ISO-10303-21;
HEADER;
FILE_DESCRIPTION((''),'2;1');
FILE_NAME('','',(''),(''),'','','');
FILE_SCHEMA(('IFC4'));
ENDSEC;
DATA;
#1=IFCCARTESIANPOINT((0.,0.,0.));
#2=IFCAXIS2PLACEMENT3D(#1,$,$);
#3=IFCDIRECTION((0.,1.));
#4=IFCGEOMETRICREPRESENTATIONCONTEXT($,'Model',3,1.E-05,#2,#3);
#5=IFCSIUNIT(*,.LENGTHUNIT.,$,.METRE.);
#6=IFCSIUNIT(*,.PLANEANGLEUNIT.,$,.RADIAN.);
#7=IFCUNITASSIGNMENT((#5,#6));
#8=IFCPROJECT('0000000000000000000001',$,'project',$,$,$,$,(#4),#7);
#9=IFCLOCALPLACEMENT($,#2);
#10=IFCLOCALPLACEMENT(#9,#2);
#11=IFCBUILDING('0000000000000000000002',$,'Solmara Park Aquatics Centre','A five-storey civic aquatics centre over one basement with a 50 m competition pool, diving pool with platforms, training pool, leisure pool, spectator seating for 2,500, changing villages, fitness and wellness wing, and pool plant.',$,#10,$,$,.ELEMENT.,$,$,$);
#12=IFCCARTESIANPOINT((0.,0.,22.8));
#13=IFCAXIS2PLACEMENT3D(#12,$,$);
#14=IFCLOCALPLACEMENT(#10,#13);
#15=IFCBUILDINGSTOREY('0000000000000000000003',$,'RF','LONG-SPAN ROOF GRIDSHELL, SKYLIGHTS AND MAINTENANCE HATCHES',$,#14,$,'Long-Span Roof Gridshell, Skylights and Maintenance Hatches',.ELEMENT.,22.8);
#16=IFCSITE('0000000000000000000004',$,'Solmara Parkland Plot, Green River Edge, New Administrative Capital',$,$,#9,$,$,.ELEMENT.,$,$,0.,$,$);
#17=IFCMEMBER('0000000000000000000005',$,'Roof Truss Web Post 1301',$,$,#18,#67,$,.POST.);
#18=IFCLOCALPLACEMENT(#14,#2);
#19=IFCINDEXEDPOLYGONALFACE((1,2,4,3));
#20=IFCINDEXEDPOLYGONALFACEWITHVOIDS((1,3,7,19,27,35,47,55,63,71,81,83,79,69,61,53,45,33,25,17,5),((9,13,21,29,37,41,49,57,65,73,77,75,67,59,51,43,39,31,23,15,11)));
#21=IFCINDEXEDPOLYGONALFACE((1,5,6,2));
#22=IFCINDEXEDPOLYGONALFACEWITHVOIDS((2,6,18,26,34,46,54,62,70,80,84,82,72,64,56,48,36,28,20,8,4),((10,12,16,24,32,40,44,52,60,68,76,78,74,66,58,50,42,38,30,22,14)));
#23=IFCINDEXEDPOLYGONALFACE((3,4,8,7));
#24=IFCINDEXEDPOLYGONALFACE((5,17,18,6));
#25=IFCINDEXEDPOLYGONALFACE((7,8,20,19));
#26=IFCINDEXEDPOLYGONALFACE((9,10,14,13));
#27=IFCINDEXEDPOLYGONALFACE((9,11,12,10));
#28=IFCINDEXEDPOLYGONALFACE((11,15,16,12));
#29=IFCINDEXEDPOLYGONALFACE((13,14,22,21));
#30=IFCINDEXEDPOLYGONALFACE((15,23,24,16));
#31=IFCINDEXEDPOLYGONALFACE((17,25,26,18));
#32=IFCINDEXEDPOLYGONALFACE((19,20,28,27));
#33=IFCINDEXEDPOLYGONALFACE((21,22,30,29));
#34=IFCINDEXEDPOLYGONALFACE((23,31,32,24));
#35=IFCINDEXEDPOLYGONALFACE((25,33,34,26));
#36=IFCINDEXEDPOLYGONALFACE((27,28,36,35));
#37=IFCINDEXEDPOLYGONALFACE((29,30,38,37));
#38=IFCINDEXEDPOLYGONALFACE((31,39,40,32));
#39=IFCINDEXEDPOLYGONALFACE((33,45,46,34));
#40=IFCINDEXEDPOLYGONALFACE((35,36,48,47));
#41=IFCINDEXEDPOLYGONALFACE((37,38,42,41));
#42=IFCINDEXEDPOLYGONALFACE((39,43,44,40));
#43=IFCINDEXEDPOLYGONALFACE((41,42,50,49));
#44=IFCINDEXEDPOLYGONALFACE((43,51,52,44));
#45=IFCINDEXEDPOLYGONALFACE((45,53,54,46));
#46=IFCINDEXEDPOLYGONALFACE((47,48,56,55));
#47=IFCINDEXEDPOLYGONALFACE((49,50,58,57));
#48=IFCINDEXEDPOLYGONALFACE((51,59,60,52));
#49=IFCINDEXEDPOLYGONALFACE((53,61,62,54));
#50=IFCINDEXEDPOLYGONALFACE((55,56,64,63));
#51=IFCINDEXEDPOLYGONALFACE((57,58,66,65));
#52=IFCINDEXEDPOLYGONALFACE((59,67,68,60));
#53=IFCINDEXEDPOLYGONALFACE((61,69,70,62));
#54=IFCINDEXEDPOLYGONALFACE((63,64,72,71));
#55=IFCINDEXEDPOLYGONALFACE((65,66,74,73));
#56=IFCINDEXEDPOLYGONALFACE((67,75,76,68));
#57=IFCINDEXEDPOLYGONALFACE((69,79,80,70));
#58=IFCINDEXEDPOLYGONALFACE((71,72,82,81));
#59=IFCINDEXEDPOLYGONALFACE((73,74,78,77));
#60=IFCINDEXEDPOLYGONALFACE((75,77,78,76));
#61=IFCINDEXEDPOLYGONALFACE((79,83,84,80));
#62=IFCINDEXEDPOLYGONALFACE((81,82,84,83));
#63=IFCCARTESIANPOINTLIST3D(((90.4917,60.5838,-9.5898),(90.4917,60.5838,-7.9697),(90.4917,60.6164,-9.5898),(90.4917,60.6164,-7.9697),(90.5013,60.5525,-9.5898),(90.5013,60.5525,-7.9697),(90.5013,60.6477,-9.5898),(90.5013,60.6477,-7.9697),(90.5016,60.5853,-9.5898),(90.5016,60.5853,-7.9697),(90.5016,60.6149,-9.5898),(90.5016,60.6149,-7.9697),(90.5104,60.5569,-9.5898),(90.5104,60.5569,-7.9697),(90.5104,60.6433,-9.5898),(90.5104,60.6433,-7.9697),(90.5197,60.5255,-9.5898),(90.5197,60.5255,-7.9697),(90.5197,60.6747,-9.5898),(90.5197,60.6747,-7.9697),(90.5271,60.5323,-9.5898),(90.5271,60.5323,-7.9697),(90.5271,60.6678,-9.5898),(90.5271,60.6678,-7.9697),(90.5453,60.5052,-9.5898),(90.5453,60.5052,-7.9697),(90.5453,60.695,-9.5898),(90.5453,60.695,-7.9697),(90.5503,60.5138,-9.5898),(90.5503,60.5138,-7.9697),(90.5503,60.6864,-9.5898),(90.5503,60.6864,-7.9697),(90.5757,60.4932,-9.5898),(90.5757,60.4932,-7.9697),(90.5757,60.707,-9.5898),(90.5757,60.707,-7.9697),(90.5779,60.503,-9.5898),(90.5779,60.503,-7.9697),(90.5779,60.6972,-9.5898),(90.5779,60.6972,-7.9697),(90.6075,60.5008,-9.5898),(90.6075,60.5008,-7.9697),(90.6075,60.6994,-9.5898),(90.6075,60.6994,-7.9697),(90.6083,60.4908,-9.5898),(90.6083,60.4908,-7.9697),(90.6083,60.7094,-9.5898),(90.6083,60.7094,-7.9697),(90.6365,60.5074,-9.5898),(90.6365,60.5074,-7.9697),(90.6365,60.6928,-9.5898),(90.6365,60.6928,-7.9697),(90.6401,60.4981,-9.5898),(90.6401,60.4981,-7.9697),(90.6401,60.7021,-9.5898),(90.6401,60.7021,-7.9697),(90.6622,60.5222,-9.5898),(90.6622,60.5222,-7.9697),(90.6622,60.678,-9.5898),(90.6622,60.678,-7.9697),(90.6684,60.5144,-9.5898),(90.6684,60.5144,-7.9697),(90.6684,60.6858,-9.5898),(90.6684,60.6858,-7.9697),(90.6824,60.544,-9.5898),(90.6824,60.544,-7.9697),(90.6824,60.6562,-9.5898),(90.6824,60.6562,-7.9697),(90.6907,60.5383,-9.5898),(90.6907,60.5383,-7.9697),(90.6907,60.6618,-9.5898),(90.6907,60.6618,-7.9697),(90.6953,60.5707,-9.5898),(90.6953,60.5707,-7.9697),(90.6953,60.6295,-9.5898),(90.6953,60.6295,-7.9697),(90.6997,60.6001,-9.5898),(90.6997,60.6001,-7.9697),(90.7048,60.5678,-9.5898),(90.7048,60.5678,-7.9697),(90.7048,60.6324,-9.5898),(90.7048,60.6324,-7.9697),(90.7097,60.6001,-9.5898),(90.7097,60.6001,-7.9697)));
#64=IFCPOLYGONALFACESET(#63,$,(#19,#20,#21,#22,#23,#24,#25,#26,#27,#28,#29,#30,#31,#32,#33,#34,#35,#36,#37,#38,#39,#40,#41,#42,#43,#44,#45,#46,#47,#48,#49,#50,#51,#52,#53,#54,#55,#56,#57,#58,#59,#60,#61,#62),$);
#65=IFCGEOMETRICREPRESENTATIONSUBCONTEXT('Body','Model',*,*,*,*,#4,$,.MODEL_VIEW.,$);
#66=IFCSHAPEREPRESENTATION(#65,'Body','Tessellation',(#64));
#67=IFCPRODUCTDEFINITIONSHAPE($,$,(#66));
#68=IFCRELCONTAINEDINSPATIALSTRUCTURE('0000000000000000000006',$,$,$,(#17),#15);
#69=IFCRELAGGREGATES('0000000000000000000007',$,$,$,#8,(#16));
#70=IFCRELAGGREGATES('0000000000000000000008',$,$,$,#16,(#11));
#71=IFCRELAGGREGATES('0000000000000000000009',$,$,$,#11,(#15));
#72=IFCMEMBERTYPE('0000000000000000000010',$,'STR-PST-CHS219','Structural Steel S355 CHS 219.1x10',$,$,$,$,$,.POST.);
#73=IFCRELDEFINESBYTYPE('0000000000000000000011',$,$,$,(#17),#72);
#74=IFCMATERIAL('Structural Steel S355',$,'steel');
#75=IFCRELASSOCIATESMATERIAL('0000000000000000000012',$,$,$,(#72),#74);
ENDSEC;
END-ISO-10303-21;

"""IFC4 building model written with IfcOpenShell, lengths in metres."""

from ifc_helpers import new_model, si_unit, direction, frame, origin, origin_2d, place, context, subcontext, project, spatial, hollow_circle, extrude, material, material_profile, profile_set, type_object, element, save


model = new_model("IFC4")

# Units and contexts
model_context = context("Model", 3, precision=1e-05, world=origin(), true_north=direction((0.0, 1.0)))
body_context = subcontext(model_context, "Body", "Model", "MODEL_VIEW")
ifc_project = project(units=[si_unit("LENGTHUNIT", "METRE"), si_unit("PLANEANGLEUNIT", "RADIAN")], contexts=[model_context])

# Site, building, storey
site_placement = place(None, origin())
site = spatial("IfcSite", under=ifc_project, at=site_placement, Name="Solmara Parkland Plot, Green River Edge, New Administrative Capital", CompositionType="ELEMENT", RefElevation=0.0)
building_placement = place(site_placement, origin())
building = spatial("IfcBuilding", under=site, at=building_placement, Name="Solmara Park Aquatics Centre", Description="A five-storey civic aquatics centre over one basement with a 50 m competition pool, diving pool with platforms, training pool, leisure pool, spectator seating for 2,500, changing villages, fitness and wellness wing, and pool plant.", CompositionType="ELEMENT")
storey_placement = place(building_placement, frame((0.0, 0.0, 22.8)))
storey = spatial("IfcBuildingStorey", under=building, at=storey_placement, Name="RF", Description="LONG-SPAN ROOF GRIDSHELL, SKYLIGHTS AND MAINTENANCE HATCHES", LongName="Long-Span Roof Gridshell, Skylights and Maintenance Hatches", CompositionType="ELEMENT", Elevation=22.8)

# Member
ifc_material_1 = material(Name="Structural Steel S355", Category="steel")
ifc_material_profile_1 = material_profile(ifc_material_1, hollow_circle(Radius=0.1096, WallThickness=0.01, at=origin_2d()), Name="CHS 219.1x10")
ifc_profile_set_1 = profile_set([ifc_material_profile_1], Name="Structural Steel S355")
member_type_1 = type_object("IfcMemberType", Name="STR-PST-CHS219", Description="Structural Steel S355 CHS 219.1x10", PredefinedType="POST", material=ifc_profile_set_1)
for number, where, z_axis, x_axis, name in (
    (1, (90.6001, 60.6001, -9.5898), (0.0, 0.0, 1.0), (1.0, 0.0, 0.0), "Roof Truss Web Post 1301"),
):
    element("IfcMember", number, at=place(storey_placement, frame(where, z_axis=z_axis, x_axis=x_axis)), inside=storey, type_object=member_type_1, Name=name, PredefinedType="POST", context=body_context, shape_type="SweptSolid", body=[
        extrude(hollow_circle(Radius=0.1096, WallThickness=0.01, at=origin_2d()), origin(), (0.0, 0.0, 1.0), 1.6201),
    ])

save(model, "model.ifc")
